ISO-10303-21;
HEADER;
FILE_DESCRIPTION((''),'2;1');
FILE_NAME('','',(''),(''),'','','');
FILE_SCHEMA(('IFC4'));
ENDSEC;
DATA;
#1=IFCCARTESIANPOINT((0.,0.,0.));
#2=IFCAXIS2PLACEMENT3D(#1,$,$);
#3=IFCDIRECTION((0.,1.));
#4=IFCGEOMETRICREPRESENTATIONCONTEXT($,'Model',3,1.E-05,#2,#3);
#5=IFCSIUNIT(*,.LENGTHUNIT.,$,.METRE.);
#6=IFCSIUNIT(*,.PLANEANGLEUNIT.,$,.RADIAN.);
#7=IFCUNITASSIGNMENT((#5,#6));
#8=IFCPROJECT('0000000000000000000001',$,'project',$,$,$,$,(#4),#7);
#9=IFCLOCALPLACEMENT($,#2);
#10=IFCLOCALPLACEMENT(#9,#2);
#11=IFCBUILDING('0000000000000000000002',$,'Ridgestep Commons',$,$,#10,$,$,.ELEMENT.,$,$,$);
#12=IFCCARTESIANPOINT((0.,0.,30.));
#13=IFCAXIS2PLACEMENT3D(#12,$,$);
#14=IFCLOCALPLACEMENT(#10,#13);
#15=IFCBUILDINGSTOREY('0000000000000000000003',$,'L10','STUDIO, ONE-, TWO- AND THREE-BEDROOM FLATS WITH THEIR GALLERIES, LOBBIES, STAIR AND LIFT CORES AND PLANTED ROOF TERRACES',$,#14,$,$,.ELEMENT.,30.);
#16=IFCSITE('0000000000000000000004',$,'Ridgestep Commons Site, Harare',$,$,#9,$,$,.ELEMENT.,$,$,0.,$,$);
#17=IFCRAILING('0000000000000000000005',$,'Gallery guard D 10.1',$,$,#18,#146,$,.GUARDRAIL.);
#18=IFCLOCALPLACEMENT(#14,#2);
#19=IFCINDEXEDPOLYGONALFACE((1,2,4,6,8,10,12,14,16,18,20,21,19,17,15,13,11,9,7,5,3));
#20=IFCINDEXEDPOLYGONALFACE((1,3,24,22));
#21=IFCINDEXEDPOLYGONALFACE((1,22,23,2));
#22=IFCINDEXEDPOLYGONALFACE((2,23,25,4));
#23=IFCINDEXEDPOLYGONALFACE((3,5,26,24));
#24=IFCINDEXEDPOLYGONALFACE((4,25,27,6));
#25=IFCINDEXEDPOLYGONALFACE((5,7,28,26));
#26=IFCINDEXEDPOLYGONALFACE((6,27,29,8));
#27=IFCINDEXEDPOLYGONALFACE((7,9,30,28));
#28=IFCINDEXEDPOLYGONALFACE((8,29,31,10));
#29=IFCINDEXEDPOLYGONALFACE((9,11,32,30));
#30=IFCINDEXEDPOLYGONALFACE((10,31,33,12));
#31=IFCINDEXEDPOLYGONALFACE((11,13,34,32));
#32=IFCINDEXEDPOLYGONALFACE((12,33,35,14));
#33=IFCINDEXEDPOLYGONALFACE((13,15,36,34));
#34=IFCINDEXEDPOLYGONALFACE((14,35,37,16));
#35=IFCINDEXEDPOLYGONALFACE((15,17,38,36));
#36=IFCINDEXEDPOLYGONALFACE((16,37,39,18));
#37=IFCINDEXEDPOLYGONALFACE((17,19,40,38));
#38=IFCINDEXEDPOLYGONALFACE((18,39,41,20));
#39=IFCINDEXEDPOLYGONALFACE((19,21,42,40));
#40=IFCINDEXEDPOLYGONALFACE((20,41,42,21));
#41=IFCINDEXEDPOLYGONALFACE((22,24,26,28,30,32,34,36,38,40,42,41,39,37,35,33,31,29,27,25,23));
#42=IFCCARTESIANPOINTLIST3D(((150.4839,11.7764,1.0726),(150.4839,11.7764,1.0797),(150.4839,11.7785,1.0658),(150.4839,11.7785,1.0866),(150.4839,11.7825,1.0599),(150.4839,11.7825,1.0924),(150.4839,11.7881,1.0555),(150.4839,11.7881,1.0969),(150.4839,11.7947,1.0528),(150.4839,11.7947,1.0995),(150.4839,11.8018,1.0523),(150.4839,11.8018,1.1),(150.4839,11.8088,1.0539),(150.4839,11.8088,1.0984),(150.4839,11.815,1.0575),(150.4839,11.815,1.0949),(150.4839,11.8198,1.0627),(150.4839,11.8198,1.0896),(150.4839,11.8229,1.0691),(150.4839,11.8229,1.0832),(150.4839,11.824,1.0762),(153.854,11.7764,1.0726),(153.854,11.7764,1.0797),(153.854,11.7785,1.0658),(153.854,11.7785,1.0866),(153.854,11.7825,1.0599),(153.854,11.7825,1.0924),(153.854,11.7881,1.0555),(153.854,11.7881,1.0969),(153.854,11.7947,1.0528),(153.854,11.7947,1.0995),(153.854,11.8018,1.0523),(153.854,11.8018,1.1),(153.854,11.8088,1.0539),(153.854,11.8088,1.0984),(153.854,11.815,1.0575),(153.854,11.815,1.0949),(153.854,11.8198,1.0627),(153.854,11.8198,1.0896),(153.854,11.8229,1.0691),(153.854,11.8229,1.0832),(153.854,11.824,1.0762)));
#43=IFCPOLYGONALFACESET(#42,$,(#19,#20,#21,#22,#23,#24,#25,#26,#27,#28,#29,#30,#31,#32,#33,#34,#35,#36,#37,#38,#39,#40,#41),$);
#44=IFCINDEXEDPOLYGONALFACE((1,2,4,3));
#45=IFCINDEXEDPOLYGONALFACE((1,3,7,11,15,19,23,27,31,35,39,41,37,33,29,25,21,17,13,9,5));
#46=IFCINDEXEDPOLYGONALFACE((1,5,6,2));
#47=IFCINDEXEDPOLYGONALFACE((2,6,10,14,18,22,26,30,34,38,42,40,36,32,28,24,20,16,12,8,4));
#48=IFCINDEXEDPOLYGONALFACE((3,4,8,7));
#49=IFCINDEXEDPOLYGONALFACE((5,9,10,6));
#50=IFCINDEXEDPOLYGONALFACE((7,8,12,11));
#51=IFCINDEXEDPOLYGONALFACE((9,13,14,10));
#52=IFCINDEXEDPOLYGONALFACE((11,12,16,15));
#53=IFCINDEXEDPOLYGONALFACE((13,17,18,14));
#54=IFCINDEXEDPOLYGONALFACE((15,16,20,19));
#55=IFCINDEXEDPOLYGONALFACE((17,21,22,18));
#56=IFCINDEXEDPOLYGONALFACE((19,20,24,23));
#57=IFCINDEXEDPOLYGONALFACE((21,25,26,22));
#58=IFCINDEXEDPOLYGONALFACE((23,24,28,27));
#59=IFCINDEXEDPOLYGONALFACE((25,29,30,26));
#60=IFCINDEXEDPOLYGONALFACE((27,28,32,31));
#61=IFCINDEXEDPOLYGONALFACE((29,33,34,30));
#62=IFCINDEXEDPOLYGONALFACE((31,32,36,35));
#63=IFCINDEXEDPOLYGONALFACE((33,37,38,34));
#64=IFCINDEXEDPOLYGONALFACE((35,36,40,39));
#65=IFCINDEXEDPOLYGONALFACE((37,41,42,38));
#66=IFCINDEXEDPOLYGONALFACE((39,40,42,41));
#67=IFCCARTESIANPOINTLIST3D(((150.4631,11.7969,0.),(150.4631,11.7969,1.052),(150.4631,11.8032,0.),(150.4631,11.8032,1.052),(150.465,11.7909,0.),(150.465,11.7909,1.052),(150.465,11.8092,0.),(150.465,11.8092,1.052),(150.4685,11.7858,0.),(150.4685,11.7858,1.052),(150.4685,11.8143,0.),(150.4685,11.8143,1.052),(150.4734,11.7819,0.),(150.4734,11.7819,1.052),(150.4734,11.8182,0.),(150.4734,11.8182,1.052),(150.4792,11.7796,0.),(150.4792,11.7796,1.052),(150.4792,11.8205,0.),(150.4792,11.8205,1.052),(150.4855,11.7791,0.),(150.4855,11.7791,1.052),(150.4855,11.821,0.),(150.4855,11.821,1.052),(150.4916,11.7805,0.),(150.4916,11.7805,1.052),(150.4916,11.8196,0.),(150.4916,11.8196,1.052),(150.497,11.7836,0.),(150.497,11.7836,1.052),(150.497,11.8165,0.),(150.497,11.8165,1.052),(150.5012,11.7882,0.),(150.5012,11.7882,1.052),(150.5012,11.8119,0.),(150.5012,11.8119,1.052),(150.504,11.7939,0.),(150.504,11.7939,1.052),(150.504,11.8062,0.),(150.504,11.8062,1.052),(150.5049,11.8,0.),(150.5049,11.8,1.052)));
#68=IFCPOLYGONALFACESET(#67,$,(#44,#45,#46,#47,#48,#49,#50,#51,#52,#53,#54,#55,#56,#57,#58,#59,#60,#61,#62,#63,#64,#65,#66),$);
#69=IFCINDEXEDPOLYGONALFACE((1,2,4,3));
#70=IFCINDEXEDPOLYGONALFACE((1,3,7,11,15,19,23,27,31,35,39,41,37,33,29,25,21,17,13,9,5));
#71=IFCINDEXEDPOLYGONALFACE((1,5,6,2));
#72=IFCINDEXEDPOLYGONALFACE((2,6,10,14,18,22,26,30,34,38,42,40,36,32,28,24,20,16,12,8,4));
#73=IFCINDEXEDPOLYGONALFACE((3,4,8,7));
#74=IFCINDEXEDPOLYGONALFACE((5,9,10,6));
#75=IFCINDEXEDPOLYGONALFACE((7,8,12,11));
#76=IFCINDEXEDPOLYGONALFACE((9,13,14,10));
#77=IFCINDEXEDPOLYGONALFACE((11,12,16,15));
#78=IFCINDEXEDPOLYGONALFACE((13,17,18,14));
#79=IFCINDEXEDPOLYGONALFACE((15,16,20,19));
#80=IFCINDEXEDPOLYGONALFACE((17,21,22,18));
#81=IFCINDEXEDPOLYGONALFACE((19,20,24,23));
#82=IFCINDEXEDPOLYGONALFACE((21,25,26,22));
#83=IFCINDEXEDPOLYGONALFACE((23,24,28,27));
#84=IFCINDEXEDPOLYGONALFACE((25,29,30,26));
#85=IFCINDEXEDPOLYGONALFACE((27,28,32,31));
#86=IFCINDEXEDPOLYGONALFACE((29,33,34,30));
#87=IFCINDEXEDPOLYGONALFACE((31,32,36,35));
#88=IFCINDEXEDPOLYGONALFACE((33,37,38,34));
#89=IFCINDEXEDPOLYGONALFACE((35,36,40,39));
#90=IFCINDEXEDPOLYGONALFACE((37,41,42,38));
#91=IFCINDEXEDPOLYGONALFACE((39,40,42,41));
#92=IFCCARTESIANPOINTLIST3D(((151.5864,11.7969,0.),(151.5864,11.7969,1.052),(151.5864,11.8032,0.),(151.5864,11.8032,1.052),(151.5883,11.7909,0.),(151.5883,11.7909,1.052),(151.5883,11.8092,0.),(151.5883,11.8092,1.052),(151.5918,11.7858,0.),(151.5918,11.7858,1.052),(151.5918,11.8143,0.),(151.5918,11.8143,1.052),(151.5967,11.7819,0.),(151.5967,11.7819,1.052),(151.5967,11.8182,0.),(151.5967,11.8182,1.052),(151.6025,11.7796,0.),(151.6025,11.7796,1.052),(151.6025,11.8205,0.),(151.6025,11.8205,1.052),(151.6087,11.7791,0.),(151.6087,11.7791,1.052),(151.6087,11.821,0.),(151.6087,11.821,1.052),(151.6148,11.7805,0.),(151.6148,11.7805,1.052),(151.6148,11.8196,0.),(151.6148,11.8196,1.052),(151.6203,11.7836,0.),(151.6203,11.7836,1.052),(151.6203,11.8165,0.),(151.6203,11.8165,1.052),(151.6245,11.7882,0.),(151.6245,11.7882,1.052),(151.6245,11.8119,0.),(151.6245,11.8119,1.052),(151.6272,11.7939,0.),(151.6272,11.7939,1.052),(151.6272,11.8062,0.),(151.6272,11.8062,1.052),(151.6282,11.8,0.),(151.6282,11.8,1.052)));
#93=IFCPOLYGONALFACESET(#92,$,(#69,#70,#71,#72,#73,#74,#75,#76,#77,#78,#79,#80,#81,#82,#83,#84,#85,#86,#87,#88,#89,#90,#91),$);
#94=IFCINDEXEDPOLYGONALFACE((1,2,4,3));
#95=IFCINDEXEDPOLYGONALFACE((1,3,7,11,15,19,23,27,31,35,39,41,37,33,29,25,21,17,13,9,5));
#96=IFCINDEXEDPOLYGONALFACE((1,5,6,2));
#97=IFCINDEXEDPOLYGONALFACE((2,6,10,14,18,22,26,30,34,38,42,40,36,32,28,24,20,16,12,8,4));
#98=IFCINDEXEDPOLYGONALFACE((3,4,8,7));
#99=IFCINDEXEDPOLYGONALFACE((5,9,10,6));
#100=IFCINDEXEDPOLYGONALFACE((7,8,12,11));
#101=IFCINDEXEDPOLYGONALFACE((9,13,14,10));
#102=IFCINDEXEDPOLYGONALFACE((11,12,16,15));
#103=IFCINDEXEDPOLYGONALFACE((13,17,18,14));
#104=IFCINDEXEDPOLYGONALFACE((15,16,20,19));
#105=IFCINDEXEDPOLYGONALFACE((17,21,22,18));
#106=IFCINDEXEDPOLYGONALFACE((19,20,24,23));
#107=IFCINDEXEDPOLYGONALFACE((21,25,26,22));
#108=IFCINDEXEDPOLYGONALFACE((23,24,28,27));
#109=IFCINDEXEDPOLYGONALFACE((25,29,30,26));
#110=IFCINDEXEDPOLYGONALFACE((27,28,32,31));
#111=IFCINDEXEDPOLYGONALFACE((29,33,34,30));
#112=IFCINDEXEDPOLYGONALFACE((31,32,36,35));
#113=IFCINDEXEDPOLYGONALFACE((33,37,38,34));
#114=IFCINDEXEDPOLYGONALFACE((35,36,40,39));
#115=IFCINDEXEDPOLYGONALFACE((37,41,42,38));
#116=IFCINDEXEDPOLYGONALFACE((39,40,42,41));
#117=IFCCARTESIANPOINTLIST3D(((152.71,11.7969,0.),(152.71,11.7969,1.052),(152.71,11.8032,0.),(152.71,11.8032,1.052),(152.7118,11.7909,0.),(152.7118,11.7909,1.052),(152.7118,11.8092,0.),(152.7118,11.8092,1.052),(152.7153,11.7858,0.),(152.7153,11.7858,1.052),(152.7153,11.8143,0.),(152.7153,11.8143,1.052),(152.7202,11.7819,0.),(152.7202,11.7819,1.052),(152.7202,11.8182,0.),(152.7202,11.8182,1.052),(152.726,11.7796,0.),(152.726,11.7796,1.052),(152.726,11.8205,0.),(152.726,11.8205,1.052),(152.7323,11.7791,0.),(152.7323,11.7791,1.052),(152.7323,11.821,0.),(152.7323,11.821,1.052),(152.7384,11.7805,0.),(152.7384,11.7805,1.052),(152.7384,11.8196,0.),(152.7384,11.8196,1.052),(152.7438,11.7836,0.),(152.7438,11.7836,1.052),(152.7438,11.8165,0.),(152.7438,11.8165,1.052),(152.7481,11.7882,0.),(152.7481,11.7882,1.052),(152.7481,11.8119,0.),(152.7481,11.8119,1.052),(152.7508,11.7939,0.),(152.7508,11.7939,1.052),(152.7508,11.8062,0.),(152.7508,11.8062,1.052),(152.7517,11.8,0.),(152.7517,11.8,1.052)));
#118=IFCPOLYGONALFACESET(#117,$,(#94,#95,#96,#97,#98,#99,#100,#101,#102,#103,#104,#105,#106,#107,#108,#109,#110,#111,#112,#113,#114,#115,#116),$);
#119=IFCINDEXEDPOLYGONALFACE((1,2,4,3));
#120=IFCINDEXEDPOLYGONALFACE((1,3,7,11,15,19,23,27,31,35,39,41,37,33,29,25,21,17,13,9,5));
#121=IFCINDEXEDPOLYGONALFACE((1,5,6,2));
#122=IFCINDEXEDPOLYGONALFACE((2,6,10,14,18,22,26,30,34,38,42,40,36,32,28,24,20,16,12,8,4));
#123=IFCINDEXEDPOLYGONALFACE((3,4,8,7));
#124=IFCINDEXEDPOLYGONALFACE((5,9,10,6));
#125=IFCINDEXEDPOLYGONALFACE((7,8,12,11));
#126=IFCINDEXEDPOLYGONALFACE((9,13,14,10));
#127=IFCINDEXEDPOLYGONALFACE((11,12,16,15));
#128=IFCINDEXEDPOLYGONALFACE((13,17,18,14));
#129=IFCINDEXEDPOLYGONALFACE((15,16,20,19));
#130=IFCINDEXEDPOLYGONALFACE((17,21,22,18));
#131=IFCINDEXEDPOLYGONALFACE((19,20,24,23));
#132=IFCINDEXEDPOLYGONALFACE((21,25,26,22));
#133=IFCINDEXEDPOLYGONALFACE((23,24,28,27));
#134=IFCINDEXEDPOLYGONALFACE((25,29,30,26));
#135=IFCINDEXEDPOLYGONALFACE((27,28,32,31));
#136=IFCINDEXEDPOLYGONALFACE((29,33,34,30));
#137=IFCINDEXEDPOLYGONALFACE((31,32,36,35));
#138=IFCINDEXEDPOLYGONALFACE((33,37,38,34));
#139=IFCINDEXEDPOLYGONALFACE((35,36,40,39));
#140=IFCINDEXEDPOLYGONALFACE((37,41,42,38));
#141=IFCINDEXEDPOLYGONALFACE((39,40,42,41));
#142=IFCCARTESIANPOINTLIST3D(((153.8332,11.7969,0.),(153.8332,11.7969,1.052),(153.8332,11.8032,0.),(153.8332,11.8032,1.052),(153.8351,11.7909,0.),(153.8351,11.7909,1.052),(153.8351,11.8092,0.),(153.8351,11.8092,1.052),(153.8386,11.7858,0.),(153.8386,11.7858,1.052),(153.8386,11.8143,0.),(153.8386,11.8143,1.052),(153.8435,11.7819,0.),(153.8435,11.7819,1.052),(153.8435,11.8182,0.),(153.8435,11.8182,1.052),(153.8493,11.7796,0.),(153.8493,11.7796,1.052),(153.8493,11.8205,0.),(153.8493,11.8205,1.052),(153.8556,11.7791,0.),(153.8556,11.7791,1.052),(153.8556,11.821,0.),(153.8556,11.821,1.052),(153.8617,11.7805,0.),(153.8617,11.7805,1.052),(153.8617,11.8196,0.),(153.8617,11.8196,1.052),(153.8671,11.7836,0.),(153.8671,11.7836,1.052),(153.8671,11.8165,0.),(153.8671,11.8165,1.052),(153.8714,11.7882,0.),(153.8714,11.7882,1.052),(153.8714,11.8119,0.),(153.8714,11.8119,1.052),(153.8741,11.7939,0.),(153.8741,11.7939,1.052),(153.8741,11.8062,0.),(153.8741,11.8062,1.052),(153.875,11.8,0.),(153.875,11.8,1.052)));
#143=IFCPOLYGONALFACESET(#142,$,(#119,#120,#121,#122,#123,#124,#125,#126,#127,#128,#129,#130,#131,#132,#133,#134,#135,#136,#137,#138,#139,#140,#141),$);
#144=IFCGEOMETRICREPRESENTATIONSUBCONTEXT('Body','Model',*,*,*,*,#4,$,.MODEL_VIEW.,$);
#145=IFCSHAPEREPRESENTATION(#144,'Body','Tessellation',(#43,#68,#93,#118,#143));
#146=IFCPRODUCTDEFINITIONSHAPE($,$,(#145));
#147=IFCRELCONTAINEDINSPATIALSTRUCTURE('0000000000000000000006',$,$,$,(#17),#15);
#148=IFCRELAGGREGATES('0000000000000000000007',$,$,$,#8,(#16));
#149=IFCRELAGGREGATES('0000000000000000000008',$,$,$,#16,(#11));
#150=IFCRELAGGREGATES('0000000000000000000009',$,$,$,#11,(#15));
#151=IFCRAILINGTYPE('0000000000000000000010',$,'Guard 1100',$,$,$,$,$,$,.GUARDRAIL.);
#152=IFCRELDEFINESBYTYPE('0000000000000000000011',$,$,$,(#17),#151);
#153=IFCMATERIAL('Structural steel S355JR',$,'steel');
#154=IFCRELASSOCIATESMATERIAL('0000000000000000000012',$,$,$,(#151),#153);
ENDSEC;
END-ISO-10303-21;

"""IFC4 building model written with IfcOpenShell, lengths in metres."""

from ifc_helpers import new_model, si_unit, direction, frame, origin, origin_2d, place, context, subcontext, project, spatial, circle, extrude, material, type_object, element, save


model = new_model("IFC4")

# Units and contexts
model_context = context("Model", 3, precision=1e-05, world=origin(), true_north=direction((0.0, 1.0)))
body_context = subcontext(model_context, "Body", "Model", "MODEL_VIEW")
ifc_project = project(units=[si_unit("LENGTHUNIT", "METRE"), si_unit("PLANEANGLEUNIT", "RADIAN")], contexts=[model_context])

# Site, building, storey
site_placement = place(None, origin())
site = spatial("IfcSite", under=ifc_project, at=site_placement, Name="Ridgestep Commons Site, Harare", CompositionType="ELEMENT", RefElevation=0.0)
building_placement = place(site_placement, origin())
building = spatial("IfcBuilding", under=site, at=building_placement, Name="Ridgestep Commons", CompositionType="ELEMENT")
storey_placement = place(building_placement, frame((0.0, 0.0, 30.0)))
storey = spatial("IfcBuildingStorey", under=building, at=storey_placement, Name="L10", Description="STUDIO, ONE-, TWO- AND THREE-BEDROOM FLATS WITH THEIR GALLERIES, LOBBIES, STAIR AND LIFT CORES AND PLANTED ROOF TERRACES", CompositionType="ELEMENT", Elevation=30.0)

# Railing
ifc_material_1 = material(Name="Structural steel S355JR", Category="steel")
railing_type = type_object("IfcRailingType", Name="Guard 1100", PredefinedType="GUARDRAIL", material=ifc_material_1)
railing_1_placement = place(storey_placement, frame((150.4839, 11.8, 0.0)))
element("IfcRailing", 1, at=railing_1_placement, inside=storey, type_object=railing_type, Name="Gallery guard D 10.1", PredefinedType="GUARDRAIL", context=body_context, shape_type="SweptSolid", body=[
    extrude(circle(Radius=0.0239, at=origin_2d()), frame((0.0, 0.0, 1.0762), z_axis=(1.0, 0.0, 0.0), x_axis=(0.0, 1.0, 0.0)), (0.0, 0.0, 1.0), 3.3701),
    extrude(circle(Radius=0.021, at=origin_2d()), origin(), (0.0, 0.0, 1.0), 1.052),
    extrude(circle(Radius=0.021, at=origin_2d()), frame((1.1233, 0.0, 0.0)), (0.0, 0.0, 1.0), 1.052),
    extrude(circle(Radius=0.021, at=origin_2d()), frame((2.2468, 0.0, 0.0)), (0.0, 0.0, 1.0), 1.052),
    extrude(circle(Radius=0.021, at=origin_2d()), frame((3.3701, 0.0, 0.0)), (0.0, 0.0, 1.0), 1.052),
])

save(model, "model.ifc")
